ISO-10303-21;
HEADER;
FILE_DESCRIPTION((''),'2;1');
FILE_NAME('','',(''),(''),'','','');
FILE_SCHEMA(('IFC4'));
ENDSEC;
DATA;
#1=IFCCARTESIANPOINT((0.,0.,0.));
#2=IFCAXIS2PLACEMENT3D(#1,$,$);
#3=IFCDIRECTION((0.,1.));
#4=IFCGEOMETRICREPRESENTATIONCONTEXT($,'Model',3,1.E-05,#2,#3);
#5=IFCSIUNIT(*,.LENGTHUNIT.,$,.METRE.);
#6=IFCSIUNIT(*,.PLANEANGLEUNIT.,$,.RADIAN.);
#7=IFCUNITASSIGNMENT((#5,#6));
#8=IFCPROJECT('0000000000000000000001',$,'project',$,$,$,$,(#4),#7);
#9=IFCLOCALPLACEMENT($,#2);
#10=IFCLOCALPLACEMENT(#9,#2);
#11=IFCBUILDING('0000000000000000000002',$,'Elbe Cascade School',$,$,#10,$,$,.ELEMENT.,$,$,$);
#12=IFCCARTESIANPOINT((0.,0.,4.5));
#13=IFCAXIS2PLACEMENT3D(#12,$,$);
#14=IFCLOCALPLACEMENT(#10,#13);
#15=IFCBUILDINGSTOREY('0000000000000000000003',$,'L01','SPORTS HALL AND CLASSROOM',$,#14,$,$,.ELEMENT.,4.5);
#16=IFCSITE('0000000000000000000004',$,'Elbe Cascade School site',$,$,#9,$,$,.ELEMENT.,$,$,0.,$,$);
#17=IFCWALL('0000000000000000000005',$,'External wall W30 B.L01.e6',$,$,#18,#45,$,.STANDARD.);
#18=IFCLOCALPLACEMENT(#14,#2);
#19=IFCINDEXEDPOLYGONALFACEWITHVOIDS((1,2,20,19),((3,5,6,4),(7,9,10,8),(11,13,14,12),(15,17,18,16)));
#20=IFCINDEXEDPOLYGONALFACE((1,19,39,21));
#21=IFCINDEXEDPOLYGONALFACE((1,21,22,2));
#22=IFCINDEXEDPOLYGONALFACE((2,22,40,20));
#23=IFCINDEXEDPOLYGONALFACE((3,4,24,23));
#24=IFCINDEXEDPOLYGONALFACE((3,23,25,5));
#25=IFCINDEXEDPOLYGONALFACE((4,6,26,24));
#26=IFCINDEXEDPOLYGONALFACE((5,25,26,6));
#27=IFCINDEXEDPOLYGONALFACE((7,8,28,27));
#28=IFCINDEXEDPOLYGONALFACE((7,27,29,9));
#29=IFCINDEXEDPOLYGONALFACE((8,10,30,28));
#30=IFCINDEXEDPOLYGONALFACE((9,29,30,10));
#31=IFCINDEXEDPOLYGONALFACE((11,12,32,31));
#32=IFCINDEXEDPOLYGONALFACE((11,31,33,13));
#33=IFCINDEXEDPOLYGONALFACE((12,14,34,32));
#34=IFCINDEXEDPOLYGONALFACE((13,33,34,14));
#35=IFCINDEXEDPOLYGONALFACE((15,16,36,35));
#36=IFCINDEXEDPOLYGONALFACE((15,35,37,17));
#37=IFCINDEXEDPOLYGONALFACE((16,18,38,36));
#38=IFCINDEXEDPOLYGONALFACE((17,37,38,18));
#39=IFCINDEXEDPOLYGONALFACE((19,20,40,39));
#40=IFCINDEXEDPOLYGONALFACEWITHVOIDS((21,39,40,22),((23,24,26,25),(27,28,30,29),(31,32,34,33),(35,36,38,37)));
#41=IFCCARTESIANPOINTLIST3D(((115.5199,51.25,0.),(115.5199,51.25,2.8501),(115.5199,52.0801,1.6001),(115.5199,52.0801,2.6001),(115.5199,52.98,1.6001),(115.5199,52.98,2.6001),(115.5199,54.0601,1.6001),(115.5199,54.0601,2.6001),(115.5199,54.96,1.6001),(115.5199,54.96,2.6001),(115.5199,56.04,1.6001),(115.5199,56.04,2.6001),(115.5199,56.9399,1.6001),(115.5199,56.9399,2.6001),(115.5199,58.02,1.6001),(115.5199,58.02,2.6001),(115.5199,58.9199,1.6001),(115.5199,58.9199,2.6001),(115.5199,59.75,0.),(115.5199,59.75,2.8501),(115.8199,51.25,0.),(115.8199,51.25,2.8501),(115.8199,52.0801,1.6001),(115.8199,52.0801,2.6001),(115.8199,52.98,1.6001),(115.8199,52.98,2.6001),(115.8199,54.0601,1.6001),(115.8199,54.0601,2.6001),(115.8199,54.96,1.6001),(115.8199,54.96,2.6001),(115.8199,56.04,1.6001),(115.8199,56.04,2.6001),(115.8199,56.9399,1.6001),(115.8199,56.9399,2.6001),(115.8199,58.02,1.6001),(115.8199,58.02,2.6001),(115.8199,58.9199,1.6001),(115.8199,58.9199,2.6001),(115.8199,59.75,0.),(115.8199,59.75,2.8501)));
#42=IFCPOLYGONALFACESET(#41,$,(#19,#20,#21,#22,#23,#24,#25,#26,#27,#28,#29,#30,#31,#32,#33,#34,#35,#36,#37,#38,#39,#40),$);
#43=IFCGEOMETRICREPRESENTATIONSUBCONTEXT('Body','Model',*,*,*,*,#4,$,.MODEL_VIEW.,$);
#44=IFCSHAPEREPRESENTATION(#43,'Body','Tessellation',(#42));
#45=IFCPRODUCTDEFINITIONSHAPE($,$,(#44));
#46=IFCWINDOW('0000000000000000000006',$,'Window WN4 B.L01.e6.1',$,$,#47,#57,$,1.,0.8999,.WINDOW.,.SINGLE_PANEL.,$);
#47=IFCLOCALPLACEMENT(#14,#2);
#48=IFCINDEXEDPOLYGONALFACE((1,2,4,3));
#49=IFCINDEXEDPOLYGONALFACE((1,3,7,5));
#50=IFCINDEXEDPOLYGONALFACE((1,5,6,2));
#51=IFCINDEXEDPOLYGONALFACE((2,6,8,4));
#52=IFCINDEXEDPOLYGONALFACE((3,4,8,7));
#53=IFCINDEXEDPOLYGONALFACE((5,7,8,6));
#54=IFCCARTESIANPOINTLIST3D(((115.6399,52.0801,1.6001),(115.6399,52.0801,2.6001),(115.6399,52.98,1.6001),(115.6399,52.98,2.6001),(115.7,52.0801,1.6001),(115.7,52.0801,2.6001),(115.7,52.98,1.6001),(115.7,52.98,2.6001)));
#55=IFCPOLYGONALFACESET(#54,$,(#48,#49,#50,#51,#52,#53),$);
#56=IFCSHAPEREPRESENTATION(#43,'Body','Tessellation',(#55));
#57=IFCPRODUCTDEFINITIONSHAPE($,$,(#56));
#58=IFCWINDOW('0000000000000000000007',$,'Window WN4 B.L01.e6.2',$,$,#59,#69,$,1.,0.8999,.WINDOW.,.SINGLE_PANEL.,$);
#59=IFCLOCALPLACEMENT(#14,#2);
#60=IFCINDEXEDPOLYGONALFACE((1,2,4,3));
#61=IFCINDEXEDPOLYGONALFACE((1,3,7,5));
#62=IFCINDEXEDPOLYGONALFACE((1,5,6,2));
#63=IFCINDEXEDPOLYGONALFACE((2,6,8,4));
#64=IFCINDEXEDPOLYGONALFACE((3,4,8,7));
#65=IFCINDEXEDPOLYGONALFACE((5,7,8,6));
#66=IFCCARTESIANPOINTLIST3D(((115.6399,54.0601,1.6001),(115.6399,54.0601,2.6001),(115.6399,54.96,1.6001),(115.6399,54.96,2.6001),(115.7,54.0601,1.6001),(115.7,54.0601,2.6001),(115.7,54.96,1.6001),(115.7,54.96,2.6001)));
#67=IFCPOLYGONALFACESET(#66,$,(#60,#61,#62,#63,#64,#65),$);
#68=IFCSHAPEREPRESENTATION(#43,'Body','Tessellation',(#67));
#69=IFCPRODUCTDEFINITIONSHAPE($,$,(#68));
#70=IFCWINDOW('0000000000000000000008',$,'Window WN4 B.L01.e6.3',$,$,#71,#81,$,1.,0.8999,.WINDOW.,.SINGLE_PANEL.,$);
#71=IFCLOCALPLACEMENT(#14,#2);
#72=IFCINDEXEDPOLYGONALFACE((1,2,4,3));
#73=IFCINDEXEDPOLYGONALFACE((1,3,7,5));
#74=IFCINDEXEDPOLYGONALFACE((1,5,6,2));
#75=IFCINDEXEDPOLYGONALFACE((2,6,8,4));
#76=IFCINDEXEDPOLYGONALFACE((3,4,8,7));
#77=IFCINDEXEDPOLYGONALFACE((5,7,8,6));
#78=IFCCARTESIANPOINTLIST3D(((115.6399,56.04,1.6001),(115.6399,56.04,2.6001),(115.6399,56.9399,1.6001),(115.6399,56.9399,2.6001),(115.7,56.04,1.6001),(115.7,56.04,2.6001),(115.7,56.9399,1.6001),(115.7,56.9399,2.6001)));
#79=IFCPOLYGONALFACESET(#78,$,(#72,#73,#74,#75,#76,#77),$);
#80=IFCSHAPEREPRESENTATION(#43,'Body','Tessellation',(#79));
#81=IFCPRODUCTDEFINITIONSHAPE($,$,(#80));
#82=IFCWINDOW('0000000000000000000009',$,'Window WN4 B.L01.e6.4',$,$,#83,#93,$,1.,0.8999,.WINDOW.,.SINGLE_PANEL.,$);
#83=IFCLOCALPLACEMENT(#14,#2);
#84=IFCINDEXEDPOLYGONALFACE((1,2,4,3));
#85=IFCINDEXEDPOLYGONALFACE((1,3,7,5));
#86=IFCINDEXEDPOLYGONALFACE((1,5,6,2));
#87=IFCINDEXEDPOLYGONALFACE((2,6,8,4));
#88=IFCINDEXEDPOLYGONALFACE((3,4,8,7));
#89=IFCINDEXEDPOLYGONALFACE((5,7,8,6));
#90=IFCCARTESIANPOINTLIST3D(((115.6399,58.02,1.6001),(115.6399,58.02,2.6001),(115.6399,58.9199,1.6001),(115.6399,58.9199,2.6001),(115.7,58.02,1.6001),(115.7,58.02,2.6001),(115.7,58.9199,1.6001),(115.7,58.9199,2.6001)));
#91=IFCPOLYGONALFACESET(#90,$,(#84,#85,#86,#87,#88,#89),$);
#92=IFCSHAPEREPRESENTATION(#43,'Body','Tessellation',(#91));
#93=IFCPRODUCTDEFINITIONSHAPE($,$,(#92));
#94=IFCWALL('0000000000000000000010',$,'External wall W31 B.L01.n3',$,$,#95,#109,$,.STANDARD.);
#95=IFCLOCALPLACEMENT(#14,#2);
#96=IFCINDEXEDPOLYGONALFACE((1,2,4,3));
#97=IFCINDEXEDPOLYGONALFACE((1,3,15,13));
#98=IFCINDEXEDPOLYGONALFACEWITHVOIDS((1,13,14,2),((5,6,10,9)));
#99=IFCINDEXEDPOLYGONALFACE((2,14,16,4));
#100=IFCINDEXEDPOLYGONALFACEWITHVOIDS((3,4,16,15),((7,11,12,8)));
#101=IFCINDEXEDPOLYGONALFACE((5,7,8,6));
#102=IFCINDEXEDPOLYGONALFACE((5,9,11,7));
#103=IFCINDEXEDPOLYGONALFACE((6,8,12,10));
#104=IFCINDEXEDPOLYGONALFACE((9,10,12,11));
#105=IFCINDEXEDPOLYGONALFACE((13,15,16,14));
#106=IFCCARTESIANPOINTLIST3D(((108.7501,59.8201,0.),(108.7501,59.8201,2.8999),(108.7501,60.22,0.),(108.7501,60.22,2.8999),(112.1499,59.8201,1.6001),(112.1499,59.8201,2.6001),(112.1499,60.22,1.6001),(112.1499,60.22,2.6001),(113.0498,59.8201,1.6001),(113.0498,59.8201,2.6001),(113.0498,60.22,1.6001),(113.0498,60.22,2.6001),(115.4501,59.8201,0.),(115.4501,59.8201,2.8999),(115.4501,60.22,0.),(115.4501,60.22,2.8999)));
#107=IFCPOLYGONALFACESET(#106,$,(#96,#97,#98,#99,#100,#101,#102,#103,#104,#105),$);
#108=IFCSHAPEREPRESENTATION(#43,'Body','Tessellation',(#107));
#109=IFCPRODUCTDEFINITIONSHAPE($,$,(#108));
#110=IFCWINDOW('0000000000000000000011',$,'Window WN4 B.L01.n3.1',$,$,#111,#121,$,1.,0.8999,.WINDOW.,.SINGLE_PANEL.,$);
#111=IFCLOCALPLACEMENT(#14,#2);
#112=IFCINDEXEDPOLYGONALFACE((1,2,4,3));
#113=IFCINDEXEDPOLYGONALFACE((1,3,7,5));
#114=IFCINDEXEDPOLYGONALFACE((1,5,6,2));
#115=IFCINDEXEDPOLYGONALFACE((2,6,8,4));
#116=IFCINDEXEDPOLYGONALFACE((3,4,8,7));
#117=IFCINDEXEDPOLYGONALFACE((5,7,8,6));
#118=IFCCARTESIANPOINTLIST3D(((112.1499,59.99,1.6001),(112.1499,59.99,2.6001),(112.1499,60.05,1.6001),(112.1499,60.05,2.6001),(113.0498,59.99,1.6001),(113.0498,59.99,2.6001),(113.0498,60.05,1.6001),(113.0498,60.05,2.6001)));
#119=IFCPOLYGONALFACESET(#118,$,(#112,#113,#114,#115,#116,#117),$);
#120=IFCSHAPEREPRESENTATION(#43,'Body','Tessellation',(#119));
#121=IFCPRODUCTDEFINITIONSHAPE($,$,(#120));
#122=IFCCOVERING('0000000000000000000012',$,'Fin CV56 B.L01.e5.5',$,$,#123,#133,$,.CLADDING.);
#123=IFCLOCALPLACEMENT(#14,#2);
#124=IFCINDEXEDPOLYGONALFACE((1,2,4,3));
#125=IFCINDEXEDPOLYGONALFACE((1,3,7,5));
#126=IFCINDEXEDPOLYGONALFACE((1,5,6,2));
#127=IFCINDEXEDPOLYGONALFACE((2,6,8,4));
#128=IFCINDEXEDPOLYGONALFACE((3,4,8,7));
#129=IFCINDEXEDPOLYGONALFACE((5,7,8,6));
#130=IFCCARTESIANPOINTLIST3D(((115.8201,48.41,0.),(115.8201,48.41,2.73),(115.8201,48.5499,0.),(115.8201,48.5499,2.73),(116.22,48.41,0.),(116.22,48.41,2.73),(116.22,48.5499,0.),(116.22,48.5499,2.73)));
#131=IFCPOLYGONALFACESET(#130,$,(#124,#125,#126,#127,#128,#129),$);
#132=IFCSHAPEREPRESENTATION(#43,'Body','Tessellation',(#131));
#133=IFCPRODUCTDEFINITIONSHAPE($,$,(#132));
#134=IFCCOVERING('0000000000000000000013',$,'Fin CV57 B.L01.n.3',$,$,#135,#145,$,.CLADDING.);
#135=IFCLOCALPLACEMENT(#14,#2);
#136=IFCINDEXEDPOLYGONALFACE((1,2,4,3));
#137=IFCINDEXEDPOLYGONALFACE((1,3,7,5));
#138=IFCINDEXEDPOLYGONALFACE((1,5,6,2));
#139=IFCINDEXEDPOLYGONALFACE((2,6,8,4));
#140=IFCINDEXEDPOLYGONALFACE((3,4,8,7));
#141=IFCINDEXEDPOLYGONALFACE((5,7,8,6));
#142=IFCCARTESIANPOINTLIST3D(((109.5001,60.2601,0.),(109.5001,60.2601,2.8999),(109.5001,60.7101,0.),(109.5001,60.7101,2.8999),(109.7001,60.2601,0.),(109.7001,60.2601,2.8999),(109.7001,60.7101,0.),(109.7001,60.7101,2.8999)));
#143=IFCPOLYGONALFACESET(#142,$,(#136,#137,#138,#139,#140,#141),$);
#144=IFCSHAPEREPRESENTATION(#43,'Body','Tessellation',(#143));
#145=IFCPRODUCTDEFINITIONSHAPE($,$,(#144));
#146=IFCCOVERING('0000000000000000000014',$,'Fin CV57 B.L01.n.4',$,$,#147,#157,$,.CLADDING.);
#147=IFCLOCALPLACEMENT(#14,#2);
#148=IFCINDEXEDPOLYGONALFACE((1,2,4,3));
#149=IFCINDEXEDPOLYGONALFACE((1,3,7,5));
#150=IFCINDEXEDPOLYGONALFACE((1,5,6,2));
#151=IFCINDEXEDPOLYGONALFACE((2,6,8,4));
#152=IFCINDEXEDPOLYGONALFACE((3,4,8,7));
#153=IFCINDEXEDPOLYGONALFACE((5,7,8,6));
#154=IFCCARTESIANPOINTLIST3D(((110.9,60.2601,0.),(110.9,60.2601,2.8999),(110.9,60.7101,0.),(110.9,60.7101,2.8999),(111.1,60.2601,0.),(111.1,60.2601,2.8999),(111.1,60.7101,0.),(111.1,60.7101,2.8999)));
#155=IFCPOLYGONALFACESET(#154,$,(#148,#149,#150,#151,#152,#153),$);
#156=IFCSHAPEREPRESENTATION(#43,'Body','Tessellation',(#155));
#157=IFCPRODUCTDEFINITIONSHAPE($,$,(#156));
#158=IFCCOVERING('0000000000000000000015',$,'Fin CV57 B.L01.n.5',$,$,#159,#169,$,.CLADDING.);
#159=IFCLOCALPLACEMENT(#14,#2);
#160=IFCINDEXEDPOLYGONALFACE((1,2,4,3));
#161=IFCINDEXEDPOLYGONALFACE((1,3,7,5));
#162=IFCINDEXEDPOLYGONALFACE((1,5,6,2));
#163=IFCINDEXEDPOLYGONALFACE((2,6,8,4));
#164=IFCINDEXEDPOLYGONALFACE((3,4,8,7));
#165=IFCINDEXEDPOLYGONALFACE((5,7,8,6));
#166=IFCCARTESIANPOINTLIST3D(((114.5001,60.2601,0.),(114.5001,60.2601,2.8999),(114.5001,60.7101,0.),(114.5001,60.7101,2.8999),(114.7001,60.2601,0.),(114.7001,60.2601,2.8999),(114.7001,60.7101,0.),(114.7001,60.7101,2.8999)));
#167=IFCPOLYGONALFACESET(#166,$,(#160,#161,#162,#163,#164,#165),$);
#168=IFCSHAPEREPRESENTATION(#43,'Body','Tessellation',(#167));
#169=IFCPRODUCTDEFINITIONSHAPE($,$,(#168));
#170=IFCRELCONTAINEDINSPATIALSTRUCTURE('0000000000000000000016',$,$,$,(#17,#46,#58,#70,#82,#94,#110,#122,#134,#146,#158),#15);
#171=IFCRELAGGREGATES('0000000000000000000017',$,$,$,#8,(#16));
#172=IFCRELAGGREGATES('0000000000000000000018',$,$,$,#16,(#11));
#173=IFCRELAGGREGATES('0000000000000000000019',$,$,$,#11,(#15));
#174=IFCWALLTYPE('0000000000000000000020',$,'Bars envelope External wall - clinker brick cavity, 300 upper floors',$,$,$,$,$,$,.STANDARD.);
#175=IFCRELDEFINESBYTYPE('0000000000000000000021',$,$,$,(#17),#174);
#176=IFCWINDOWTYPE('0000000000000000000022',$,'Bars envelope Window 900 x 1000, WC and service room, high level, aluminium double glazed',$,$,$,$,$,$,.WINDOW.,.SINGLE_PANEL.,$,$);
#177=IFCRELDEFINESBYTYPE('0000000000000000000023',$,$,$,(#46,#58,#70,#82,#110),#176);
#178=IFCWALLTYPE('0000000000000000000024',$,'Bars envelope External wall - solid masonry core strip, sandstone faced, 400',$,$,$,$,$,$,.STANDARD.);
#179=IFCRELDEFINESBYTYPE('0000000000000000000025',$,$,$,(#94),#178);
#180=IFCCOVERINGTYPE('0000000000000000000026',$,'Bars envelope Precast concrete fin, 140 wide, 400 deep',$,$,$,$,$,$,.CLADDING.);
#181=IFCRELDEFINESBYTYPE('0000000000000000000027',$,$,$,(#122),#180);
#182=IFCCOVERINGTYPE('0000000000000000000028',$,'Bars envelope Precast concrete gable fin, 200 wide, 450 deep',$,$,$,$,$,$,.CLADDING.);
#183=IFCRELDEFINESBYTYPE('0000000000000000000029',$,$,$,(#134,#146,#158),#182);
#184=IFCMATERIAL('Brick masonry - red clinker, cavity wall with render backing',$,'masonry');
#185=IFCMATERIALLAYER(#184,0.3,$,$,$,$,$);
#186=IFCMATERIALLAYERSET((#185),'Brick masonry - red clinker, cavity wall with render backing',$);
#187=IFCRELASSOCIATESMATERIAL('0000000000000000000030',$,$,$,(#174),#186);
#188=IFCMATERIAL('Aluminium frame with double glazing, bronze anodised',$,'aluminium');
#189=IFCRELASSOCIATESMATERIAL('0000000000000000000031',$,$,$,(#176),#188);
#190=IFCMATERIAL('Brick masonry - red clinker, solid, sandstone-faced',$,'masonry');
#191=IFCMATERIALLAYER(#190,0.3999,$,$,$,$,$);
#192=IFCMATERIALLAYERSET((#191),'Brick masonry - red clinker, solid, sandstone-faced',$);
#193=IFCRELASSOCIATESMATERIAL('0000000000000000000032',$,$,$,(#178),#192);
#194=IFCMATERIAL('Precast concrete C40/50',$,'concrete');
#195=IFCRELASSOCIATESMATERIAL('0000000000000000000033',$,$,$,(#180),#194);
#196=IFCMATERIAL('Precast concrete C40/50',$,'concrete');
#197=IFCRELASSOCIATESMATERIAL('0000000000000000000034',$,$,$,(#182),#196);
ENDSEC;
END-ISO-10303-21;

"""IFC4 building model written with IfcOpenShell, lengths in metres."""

from ifc_helpers import new_model, si_unit, direction, frame, frame_2d, origin, origin_2d, place, context, subcontext, project, spatial, rectangle, extrude, material, layer, layer_set, type_object, element, fill, save


model = new_model("IFC4")

# Units and contexts
model_context = context("Model", 3, precision=1e-05, world=origin(), true_north=direction((0.0, 1.0)))
body_context = subcontext(model_context, "Body", "Model", "MODEL_VIEW")
ifc_project = project(units=[si_unit("LENGTHUNIT", "METRE"), si_unit("PLANEANGLEUNIT", "RADIAN")], contexts=[model_context])

# Site, building, storey
site_placement = place(None, origin())
site = spatial("IfcSite", under=ifc_project, at=site_placement, Name="Elbe Cascade School site", CompositionType="ELEMENT", RefElevation=0.0)
building_placement = place(site_placement, origin())
building = spatial("IfcBuilding", under=site, at=building_placement, Name="Elbe Cascade School", CompositionType="ELEMENT")
storey_placement = place(building_placement, frame((0.0, 0.0, 4.5)))
storey = spatial("IfcBuildingStorey", under=building, at=storey_placement, Name="L01", Description="SPORTS HALL AND CLASSROOM", CompositionType="ELEMENT", Elevation=4.5)

# Wall, openings, windows
ifc_material_1 = material(Name="Brick masonry - red clinker, cavity wall with render backing", Category="masonry")
ifc_layer_1 = layer(ifc_material_1, 0.3)
ifc_layer_set_1 = layer_set([ifc_layer_1], Name="Brick masonry - red clinker, cavity wall with render backing")
wall_type_1 = type_object("IfcWallType", Name="Bars envelope External wall - clinker brick cavity, 300 upper floors", PredefinedType="STANDARD", material=ifc_layer_set_1)
wall_1_placement = place(storey_placement, frame((115.6699, 59.75, 0.0), z_axis=(0.0, 0.0, 1.0), x_axis=(0.0, -1.0, 0.0)))
wall_1 = element("IfcWall", 1, at=wall_1_placement, inside=storey, type_object=wall_type_1, Name="External wall W30 B.L01.e6", PredefinedType="STANDARD", context=body_context, shape_type="SweptSolid", body=[
    extrude(rectangle(XDim=8.5, YDim=0.3, at=frame_2d((4.25, 0.0))), origin(), (0.0, 0.0, 1.0), 2.8501),
])
opening_1_placement = place(wall_1_placement, frame((6.77, 0.0, 1.6001)))
opening_1 = element("IfcOpeningElement", 2, at=opening_1_placement, cuts=wall_1, PredefinedType="OPENING", context=body_context, shape_type="SweptSolid", body=[
    extrude(rectangle(XDim=0.8999, YDim=1.0, at=frame_2d((0.45, 0.5))), frame((0.0, 0.1599, 0.0), z_axis=(0.0, -1.0, 0.0), x_axis=(1.0, 0.0, 0.0)), (0.0, 0.0, 1.0), 0.3201),
])
opening_2_placement = place(wall_1_placement, frame((4.79, 0.0, 1.6001)))
opening_2 = element("IfcOpeningElement", 3, at=opening_2_placement, cuts=wall_1, PredefinedType="OPENING", context=body_context, shape_type="SweptSolid", body=[
    extrude(rectangle(XDim=0.8999, YDim=1.0, at=frame_2d((0.45, 0.5))), frame((0.0, 0.1599, 0.0), z_axis=(0.0, -1.0, 0.0), x_axis=(1.0, 0.0, 0.0)), (0.0, 0.0, 1.0), 0.3201),
])
opening_3_placement = place(wall_1_placement, frame((2.8101, 0.0, 1.6001)))
opening_3 = element("IfcOpeningElement", 4, at=opening_3_placement, cuts=wall_1, PredefinedType="OPENING", context=body_context, shape_type="SweptSolid", body=[
    extrude(rectangle(XDim=0.8999, YDim=1.0, at=frame_2d((0.45, 0.5))), frame((0.0, 0.1599, 0.0), z_axis=(0.0, -1.0, 0.0), x_axis=(1.0, 0.0, 0.0)), (0.0, 0.0, 1.0), 0.3201),
])
opening_4_placement = place(wall_1_placement, frame((0.8301, 0.0, 1.6001)))
opening_4 = element("IfcOpeningElement", 5, at=opening_4_placement, cuts=wall_1, PredefinedType="OPENING", context=body_context, shape_type="SweptSolid", body=[
    extrude(rectangle(XDim=0.8999, YDim=1.0, at=frame_2d((0.45, 0.5))), frame((0.0, 0.1599, 0.0), z_axis=(0.0, -1.0, 0.0), x_axis=(1.0, 0.0, 0.0)), (0.0, 0.0, 1.0), 0.3201),
])
ifc_material_2 = material(Name="Aluminium frame with double glazing, bronze anodised", Category="aluminium")
window_type_1 = type_object("IfcWindowType", Name="Bars envelope Window 900 x 1000, WC and service room, high level, aluminium double glazed", PartitioningType="SINGLE_PANEL", PredefinedType="WINDOW", material=ifc_material_2)
window_1_placement = place(opening_1_placement, origin())
window_1 = element("IfcWindow", 6, at=window_1_placement, inside=storey, type_object=window_type_1, Name="Window WN4 B.L01.e6.1", OverallHeight=1.0, OverallWidth=0.8999, PartitioningType="SINGLE_PANEL", PredefinedType="WINDOW", context=body_context, shape_type="SweptSolid", body=[
    extrude(rectangle(XDim=0.8999, YDim=1.0, at=frame_2d((0.45, 0.5))), frame((0.0, 0.03, 0.0), z_axis=(0.0, -1.0, 0.0), x_axis=(1.0, 0.0, 0.0)), (0.0, 0.0, 1.0), 0.0601),
])
fill(opening_1, window_1)
window_2_placement = place(opening_2_placement, origin())
window_2 = element("IfcWindow", 7, at=window_2_placement, inside=storey, type_object=window_type_1, Name="Window WN4 B.L01.e6.2", OverallHeight=1.0, OverallWidth=0.8999, PartitioningType="SINGLE_PANEL", PredefinedType="WINDOW", context=body_context, shape_type="SweptSolid", body=[
    extrude(rectangle(XDim=0.8999, YDim=1.0, at=frame_2d((0.45, 0.5))), frame((0.0, 0.03, 0.0), z_axis=(0.0, -1.0, 0.0), x_axis=(1.0, 0.0, 0.0)), (0.0, 0.0, 1.0), 0.0601),
])
fill(opening_2, window_2)
window_3_placement = place(opening_3_placement, origin())
window_3 = element("IfcWindow", 8, at=window_3_placement, inside=storey, type_object=window_type_1, Name="Window WN4 B.L01.e6.3", OverallHeight=1.0, OverallWidth=0.8999, PartitioningType="SINGLE_PANEL", PredefinedType="WINDOW", context=body_context, shape_type="SweptSolid", body=[
    extrude(rectangle(XDim=0.8999, YDim=1.0, at=frame_2d((0.45, 0.5))), frame((0.0, 0.03, 0.0), z_axis=(0.0, -1.0, 0.0), x_axis=(1.0, 0.0, 0.0)), (0.0, 0.0, 1.0), 0.0601),
])
fill(opening_3, window_3)
window_4_placement = place(opening_4_placement, origin())
window_4 = element("IfcWindow", 9, at=window_4_placement, inside=storey, type_object=window_type_1, Name="Window WN4 B.L01.e6.4", OverallHeight=1.0, OverallWidth=0.8999, PartitioningType="SINGLE_PANEL", PredefinedType="WINDOW", context=body_context, shape_type="SweptSolid", body=[
    extrude(rectangle(XDim=0.8999, YDim=1.0, at=frame_2d((0.45, 0.5))), frame((0.0, 0.03, 0.0), z_axis=(0.0, -1.0, 0.0), x_axis=(1.0, 0.0, 0.0)), (0.0, 0.0, 1.0), 0.0601),
])
fill(opening_4, window_4)

# Wall, opening, window
ifc_material_3 = material(Name="Brick masonry - red clinker, solid, sandstone-faced", Category="masonry")
ifc_layer_2 = layer(ifc_material_3, 0.3999)
ifc_layer_set_2 = layer_set([ifc_layer_2], Name="Brick masonry - red clinker, solid, sandstone-faced")
wall_type_2 = type_object("IfcWallType", Name="Bars envelope External wall - solid masonry core strip, sandstone faced, 400", PredefinedType="STANDARD", material=ifc_layer_set_2)
wall_2_placement = place(storey_placement, frame((108.75, 60.02, 0.0), z_axis=(0.0, 0.0, 1.0), x_axis=(1.0, 0.0, 0.0)))
wall_2 = element("IfcWall", 10, at=wall_2_placement, inside=storey, type_object=wall_type_2, Name="External wall W31 B.L01.n3", PredefinedType="STANDARD", context=body_context, shape_type="SweptSolid", body=[
    extrude(rectangle(XDim=6.7, YDim=0.3999, at=frame_2d((3.3501, 0.0))), origin(), (0.0, 0.0, 1.0), 2.8999),
])
opening_5_placement = place(wall_2_placement, frame((3.3999, 0.0, 1.6001)))
opening_5 = element("IfcOpeningElement", 11, at=opening_5_placement, cuts=wall_2, PredefinedType="OPENING", context=body_context, shape_type="SweptSolid", body=[
    extrude(rectangle(XDim=0.8999, YDim=1.0, at=frame_2d((0.45, 0.5))), frame((0.0, 0.21, 0.0), z_axis=(0.0, -1.0, 0.0), x_axis=(1.0, 0.0, 0.0)), (0.0, 0.0, 1.0), 0.4199),
])
window_5_placement = place(opening_5_placement, origin())
window_5 = element("IfcWindow", 12, at=window_5_placement, inside=storey, type_object=window_type_1, Name="Window WN4 B.L01.n3.1", OverallHeight=1.0, OverallWidth=0.8999, PartitioningType="SINGLE_PANEL", PredefinedType="WINDOW", context=body_context, shape_type="SweptSolid", body=[
    extrude(rectangle(XDim=0.8999, YDim=1.0, at=frame_2d((0.45, 0.5))), frame((0.0, 0.03, 0.0), z_axis=(0.0, -1.0, 0.0), x_axis=(1.0, 0.0, 0.0)), (0.0, 0.0, 1.0), 0.0601),
])
fill(opening_5, window_5)

# Coverings
ifc_material_4 = material(Name="Precast concrete C40/50", Category="concrete")
covering_type_1 = type_object("IfcCoveringType", Name="Bars envelope Precast concrete fin, 140 wide, 400 deep", PredefinedType="CLADDING", material=ifc_material_4)
covering_1_placement = place(storey_placement, frame((116.02, 48.48, 0.0), z_axis=(0.0, 0.0, 1.0), x_axis=(0.0, 1.0, 0.0)))
element("IfcCovering", 13, at=covering_1_placement, inside=storey, type_object=covering_type_1, Name="Fin CV56 B.L01.e5.5", PredefinedType="CLADDING", context=body_context, shape_type="SweptSolid", body=[
    extrude(rectangle(XDim=0.1399, YDim=0.3999, at=origin_2d()), origin(), (0.0, 0.0, 1.0), 2.73),
])
ifc_material_5 = material(Name="Precast concrete C40/50", Category="concrete")
covering_type_2 = type_object("IfcCoveringType", Name="Bars envelope Precast concrete gable fin, 200 wide, 450 deep", PredefinedType="CLADDING", material=ifc_material_5)
for number, where, z_axis, x_axis, name in (
    (14, (109.6001, 60.4851, 0.0), (0.0, 0.0, 1.0), (1.0, 0.0, 0.0), "Fin CV57 B.L01.n.3"),
    (15, (111.0, 60.4851, 0.0), (0.0, 0.0, 1.0), (1.0, 0.0, 0.0), "Fin CV57 B.L01.n.4"),
    (16, (114.6001, 60.4851, 0.0), (0.0, 0.0, 1.0), (1.0, 0.0, 0.0), "Fin CV57 B.L01.n.5"),
):
    element("IfcCovering", number, at=place(storey_placement, frame(where, z_axis=z_axis, x_axis=x_axis)), inside=storey, type_object=covering_type_2, Name=name, PredefinedType="CLADDING", context=body_context, shape_type="SweptSolid", body=[
        extrude(rectangle(XDim=0.2, YDim=0.45, at=origin_2d()), origin(), (0.0, 0.0, 1.0), 2.8999),
    ])

save(model, "model.ifc")
